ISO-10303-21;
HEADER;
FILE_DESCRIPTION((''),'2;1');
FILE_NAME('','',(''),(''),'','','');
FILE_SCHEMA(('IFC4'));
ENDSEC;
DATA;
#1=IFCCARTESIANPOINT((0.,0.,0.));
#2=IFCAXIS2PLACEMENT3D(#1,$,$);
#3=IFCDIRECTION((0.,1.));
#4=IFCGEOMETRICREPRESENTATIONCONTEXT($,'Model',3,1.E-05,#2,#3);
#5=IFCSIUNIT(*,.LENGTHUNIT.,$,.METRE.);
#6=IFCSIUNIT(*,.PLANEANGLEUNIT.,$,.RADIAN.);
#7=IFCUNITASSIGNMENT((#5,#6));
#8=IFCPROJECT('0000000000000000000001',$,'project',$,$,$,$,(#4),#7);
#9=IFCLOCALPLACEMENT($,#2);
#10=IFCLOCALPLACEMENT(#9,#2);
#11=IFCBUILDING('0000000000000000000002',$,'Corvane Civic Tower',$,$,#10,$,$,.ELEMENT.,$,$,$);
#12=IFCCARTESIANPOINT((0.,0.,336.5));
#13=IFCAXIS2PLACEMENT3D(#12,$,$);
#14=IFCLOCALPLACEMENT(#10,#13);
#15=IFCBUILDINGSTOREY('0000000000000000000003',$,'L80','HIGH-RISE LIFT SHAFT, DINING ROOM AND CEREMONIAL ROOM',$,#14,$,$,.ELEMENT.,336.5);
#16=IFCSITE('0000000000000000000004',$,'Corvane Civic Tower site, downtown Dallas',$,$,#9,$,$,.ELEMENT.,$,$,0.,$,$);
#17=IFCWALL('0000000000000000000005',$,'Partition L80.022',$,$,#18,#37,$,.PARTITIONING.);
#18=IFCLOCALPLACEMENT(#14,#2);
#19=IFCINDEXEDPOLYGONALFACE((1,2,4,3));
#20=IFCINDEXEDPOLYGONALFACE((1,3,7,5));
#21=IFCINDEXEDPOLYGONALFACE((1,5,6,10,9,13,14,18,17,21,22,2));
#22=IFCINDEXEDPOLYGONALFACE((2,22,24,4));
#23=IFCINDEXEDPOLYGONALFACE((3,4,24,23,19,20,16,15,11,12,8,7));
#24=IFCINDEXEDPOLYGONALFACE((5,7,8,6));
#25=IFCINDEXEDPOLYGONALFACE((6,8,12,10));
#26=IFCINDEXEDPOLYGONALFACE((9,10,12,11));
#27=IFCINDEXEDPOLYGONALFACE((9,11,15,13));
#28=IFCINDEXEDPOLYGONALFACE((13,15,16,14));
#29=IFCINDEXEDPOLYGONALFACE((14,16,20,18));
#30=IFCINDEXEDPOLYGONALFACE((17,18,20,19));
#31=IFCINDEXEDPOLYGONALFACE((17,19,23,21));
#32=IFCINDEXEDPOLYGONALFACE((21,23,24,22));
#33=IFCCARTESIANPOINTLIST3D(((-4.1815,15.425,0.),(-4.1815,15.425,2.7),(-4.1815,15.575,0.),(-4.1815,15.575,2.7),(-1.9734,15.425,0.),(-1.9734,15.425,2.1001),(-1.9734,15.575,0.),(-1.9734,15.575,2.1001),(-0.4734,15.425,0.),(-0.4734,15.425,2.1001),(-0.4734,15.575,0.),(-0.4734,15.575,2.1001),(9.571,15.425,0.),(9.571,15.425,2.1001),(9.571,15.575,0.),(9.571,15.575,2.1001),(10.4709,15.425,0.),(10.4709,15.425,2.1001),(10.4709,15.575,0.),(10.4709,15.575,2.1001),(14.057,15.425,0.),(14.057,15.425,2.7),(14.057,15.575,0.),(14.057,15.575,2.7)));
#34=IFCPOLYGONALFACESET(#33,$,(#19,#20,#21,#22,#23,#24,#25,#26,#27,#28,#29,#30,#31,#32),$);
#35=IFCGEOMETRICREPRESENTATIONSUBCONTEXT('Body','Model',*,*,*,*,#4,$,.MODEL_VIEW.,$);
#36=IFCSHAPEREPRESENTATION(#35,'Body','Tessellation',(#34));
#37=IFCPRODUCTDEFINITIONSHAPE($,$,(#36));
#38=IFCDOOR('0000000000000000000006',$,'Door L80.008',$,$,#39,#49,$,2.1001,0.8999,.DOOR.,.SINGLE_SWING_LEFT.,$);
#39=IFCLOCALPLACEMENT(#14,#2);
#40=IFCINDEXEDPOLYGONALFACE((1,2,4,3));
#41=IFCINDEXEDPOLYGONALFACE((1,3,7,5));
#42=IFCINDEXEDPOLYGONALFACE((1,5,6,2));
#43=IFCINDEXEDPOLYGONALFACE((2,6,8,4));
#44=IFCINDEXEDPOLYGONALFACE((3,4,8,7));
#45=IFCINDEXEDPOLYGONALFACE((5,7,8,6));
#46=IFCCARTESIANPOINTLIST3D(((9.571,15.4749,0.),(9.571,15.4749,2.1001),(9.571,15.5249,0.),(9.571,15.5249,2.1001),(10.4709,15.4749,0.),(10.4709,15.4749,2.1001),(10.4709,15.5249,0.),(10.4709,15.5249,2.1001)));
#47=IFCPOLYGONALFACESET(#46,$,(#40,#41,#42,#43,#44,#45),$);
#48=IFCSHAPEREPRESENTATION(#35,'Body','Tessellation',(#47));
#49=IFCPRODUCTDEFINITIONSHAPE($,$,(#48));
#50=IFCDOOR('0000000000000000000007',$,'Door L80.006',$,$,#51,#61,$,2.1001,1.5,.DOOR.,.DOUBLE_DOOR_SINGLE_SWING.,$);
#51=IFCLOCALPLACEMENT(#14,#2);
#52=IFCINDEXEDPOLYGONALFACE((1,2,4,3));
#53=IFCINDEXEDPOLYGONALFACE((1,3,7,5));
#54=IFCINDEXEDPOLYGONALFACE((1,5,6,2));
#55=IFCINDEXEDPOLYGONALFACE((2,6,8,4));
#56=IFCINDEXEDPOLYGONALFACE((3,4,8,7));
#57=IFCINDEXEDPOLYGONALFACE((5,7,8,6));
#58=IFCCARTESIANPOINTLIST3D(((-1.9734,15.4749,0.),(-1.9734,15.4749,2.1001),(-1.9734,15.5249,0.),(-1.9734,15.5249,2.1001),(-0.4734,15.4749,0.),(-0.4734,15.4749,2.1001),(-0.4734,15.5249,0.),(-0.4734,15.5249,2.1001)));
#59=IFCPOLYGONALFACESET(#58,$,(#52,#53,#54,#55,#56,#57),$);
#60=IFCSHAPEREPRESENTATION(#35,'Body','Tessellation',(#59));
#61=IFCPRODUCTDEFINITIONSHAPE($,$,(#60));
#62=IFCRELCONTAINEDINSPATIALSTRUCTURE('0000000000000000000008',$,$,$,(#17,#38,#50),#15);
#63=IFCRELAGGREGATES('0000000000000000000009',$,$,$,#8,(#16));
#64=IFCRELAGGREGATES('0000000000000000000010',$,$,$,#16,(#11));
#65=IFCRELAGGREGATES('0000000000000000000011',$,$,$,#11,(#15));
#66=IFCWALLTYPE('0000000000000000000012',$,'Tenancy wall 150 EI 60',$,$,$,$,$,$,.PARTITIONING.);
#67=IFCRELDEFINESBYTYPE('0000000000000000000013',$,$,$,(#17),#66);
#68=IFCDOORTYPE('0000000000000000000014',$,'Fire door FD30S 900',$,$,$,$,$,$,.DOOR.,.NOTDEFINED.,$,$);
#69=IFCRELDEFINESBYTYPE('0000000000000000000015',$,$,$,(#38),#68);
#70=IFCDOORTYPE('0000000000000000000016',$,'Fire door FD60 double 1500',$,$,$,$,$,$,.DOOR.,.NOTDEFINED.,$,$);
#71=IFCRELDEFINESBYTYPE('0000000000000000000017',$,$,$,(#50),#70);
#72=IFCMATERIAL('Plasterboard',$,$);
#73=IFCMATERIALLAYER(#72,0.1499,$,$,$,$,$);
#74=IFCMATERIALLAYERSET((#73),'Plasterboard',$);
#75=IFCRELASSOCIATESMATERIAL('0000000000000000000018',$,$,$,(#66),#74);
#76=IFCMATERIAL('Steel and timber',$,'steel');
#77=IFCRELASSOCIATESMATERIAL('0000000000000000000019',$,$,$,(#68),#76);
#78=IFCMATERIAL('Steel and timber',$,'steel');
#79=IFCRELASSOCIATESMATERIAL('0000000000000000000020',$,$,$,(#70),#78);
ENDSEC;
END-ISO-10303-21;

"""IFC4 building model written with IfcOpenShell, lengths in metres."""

from ifc_helpers import new_model, si_unit, direction, frame, frame_2d, origin, place, context, subcontext, project, spatial, rectangle, extrude, material, layer, layer_set, type_object, element, fill, save


model = new_model("IFC4")

# Units and contexts
model_context = context("Model", 3, precision=1e-05, world=origin(), true_north=direction((0.0, 1.0)))
body_context = subcontext(model_context, "Body", "Model", "MODEL_VIEW")
ifc_project = project(units=[si_unit("LENGTHUNIT", "METRE"), si_unit("PLANEANGLEUNIT", "RADIAN")], contexts=[model_context])

# Site, building, storey
site_placement = place(None, origin())
site = spatial("IfcSite", under=ifc_project, at=site_placement, Name="Corvane Civic Tower site, downtown Dallas", CompositionType="ELEMENT", RefElevation=0.0)
building_placement = place(site_placement, origin())
building = spatial("IfcBuilding", under=site, at=building_placement, Name="Corvane Civic Tower", CompositionType="ELEMENT")
storey_placement = place(building_placement, frame((0.0, 0.0, 336.5)))
storey = spatial("IfcBuildingStorey", under=building, at=storey_placement, Name="L80", Description="HIGH-RISE LIFT SHAFT, DINING ROOM AND CEREMONIAL ROOM", CompositionType="ELEMENT", Elevation=336.5)

# Wall, openings, doors
ifc_material_1 = material(Name="Plasterboard")
ifc_layer_1 = layer(ifc_material_1, 0.1499)
ifc_layer_set_1 = layer_set([ifc_layer_1], Name="Plasterboard")
wall_type_1 = type_object("IfcWallType", Name="Tenancy wall 150 EI 60", PredefinedType="PARTITIONING", material=ifc_layer_set_1)
wall_1_placement = place(storey_placement, frame((-4.1814, 15.5, 0.0), z_axis=(0.0, 0.0, 1.0), x_axis=(1.0, 0.0, 0.0)))
wall_1 = element("IfcWall", 1, at=wall_1_placement, inside=storey, type_object=wall_type_1, Name="Partition L80.022", PredefinedType="PARTITIONING", context=body_context, shape_type="SweptSolid", body=[
    extrude(rectangle(XDim=18.2385, YDim=0.1499, at=frame_2d((9.1191, 0.0))), origin(), (0.0, 0.0, 1.0), 2.7),
])
opening_1_placement = place(wall_1_placement, frame((2.208, 0.0, 0.0)))
opening_1 = element("IfcOpeningElement", 2, at=opening_1_placement, cuts=wall_1, PredefinedType="OPENING", context=body_context, shape_type="SweptSolid", body=[
    extrude(rectangle(XDim=1.5, YDim=2.1001, at=frame_2d((0.75, 1.05))), frame((0.0, 0.085, 0.0), z_axis=(0.0, -1.0, 0.0), x_axis=(1.0, 0.0, 0.0)), (0.0, 0.0, 1.0), 0.1699),
])
opening_2_placement = place(wall_1_placement, frame((13.7524, 0.0, 0.0)))
opening_2 = element("IfcOpeningElement", 3, at=opening_2_placement, cuts=wall_1, PredefinedType="OPENING", context=body_context, shape_type="SweptSolid", body=[
    extrude(rectangle(XDim=0.8999, YDim=2.1001, at=frame_2d((0.45, 1.05))), frame((0.0, 0.085, 0.0), z_axis=(0.0, -1.0, 0.0), x_axis=(1.0, 0.0, 0.0)), (0.0, 0.0, 1.0), 0.1699),
])
ifc_material_2 = material(Name="Steel and timber", Category="steel")
door_type_1 = type_object("IfcDoorType", Name="Fire door FD30S 900", OperationType="NOTDEFINED", PredefinedType="DOOR", material=ifc_material_2)
door_1_placement = place(opening_2_placement, origin())
door_1 = element("IfcDoor", 4, at=door_1_placement, inside=storey, type_object=door_type_1, Name="Door L80.008", OperationType="SINGLE_SWING_LEFT", OverallHeight=2.1001, OverallWidth=0.8999, PredefinedType="DOOR", context=body_context, shape_type="SweptSolid", body=[
    extrude(rectangle(XDim=0.8999, YDim=2.1001, at=frame_2d((0.45, 1.05))), frame((0.0, 0.0249, 0.0), z_axis=(0.0, -1.0, 0.0), x_axis=(1.0, 0.0, 0.0)), (0.0, 0.0, 1.0), 0.05),
])
fill(opening_2, door_1)
ifc_material_3 = material(Name="Steel and timber", Category="steel")
door_type_2 = type_object("IfcDoorType", Name="Fire door FD60 double 1500", OperationType="NOTDEFINED", PredefinedType="DOOR", material=ifc_material_3)
door_2_placement = place(opening_1_placement, origin())
door_2 = element("IfcDoor", 5, at=door_2_placement, inside=storey, type_object=door_type_2, Name="Door L80.006", OperationType="DOUBLE_DOOR_SINGLE_SWING", OverallHeight=2.1001, OverallWidth=1.5, PredefinedType="DOOR", context=body_context, shape_type="SweptSolid", body=[
    extrude(rectangle(XDim=1.5, YDim=2.1001, at=frame_2d((0.75, 1.05))), frame((0.0, 0.0249, 0.0), z_axis=(0.0, -1.0, 0.0), x_axis=(1.0, 0.0, 0.0)), (0.0, 0.0, 1.0), 0.05),
])
fill(opening_1, door_2)

save(model, "model.ifc")
